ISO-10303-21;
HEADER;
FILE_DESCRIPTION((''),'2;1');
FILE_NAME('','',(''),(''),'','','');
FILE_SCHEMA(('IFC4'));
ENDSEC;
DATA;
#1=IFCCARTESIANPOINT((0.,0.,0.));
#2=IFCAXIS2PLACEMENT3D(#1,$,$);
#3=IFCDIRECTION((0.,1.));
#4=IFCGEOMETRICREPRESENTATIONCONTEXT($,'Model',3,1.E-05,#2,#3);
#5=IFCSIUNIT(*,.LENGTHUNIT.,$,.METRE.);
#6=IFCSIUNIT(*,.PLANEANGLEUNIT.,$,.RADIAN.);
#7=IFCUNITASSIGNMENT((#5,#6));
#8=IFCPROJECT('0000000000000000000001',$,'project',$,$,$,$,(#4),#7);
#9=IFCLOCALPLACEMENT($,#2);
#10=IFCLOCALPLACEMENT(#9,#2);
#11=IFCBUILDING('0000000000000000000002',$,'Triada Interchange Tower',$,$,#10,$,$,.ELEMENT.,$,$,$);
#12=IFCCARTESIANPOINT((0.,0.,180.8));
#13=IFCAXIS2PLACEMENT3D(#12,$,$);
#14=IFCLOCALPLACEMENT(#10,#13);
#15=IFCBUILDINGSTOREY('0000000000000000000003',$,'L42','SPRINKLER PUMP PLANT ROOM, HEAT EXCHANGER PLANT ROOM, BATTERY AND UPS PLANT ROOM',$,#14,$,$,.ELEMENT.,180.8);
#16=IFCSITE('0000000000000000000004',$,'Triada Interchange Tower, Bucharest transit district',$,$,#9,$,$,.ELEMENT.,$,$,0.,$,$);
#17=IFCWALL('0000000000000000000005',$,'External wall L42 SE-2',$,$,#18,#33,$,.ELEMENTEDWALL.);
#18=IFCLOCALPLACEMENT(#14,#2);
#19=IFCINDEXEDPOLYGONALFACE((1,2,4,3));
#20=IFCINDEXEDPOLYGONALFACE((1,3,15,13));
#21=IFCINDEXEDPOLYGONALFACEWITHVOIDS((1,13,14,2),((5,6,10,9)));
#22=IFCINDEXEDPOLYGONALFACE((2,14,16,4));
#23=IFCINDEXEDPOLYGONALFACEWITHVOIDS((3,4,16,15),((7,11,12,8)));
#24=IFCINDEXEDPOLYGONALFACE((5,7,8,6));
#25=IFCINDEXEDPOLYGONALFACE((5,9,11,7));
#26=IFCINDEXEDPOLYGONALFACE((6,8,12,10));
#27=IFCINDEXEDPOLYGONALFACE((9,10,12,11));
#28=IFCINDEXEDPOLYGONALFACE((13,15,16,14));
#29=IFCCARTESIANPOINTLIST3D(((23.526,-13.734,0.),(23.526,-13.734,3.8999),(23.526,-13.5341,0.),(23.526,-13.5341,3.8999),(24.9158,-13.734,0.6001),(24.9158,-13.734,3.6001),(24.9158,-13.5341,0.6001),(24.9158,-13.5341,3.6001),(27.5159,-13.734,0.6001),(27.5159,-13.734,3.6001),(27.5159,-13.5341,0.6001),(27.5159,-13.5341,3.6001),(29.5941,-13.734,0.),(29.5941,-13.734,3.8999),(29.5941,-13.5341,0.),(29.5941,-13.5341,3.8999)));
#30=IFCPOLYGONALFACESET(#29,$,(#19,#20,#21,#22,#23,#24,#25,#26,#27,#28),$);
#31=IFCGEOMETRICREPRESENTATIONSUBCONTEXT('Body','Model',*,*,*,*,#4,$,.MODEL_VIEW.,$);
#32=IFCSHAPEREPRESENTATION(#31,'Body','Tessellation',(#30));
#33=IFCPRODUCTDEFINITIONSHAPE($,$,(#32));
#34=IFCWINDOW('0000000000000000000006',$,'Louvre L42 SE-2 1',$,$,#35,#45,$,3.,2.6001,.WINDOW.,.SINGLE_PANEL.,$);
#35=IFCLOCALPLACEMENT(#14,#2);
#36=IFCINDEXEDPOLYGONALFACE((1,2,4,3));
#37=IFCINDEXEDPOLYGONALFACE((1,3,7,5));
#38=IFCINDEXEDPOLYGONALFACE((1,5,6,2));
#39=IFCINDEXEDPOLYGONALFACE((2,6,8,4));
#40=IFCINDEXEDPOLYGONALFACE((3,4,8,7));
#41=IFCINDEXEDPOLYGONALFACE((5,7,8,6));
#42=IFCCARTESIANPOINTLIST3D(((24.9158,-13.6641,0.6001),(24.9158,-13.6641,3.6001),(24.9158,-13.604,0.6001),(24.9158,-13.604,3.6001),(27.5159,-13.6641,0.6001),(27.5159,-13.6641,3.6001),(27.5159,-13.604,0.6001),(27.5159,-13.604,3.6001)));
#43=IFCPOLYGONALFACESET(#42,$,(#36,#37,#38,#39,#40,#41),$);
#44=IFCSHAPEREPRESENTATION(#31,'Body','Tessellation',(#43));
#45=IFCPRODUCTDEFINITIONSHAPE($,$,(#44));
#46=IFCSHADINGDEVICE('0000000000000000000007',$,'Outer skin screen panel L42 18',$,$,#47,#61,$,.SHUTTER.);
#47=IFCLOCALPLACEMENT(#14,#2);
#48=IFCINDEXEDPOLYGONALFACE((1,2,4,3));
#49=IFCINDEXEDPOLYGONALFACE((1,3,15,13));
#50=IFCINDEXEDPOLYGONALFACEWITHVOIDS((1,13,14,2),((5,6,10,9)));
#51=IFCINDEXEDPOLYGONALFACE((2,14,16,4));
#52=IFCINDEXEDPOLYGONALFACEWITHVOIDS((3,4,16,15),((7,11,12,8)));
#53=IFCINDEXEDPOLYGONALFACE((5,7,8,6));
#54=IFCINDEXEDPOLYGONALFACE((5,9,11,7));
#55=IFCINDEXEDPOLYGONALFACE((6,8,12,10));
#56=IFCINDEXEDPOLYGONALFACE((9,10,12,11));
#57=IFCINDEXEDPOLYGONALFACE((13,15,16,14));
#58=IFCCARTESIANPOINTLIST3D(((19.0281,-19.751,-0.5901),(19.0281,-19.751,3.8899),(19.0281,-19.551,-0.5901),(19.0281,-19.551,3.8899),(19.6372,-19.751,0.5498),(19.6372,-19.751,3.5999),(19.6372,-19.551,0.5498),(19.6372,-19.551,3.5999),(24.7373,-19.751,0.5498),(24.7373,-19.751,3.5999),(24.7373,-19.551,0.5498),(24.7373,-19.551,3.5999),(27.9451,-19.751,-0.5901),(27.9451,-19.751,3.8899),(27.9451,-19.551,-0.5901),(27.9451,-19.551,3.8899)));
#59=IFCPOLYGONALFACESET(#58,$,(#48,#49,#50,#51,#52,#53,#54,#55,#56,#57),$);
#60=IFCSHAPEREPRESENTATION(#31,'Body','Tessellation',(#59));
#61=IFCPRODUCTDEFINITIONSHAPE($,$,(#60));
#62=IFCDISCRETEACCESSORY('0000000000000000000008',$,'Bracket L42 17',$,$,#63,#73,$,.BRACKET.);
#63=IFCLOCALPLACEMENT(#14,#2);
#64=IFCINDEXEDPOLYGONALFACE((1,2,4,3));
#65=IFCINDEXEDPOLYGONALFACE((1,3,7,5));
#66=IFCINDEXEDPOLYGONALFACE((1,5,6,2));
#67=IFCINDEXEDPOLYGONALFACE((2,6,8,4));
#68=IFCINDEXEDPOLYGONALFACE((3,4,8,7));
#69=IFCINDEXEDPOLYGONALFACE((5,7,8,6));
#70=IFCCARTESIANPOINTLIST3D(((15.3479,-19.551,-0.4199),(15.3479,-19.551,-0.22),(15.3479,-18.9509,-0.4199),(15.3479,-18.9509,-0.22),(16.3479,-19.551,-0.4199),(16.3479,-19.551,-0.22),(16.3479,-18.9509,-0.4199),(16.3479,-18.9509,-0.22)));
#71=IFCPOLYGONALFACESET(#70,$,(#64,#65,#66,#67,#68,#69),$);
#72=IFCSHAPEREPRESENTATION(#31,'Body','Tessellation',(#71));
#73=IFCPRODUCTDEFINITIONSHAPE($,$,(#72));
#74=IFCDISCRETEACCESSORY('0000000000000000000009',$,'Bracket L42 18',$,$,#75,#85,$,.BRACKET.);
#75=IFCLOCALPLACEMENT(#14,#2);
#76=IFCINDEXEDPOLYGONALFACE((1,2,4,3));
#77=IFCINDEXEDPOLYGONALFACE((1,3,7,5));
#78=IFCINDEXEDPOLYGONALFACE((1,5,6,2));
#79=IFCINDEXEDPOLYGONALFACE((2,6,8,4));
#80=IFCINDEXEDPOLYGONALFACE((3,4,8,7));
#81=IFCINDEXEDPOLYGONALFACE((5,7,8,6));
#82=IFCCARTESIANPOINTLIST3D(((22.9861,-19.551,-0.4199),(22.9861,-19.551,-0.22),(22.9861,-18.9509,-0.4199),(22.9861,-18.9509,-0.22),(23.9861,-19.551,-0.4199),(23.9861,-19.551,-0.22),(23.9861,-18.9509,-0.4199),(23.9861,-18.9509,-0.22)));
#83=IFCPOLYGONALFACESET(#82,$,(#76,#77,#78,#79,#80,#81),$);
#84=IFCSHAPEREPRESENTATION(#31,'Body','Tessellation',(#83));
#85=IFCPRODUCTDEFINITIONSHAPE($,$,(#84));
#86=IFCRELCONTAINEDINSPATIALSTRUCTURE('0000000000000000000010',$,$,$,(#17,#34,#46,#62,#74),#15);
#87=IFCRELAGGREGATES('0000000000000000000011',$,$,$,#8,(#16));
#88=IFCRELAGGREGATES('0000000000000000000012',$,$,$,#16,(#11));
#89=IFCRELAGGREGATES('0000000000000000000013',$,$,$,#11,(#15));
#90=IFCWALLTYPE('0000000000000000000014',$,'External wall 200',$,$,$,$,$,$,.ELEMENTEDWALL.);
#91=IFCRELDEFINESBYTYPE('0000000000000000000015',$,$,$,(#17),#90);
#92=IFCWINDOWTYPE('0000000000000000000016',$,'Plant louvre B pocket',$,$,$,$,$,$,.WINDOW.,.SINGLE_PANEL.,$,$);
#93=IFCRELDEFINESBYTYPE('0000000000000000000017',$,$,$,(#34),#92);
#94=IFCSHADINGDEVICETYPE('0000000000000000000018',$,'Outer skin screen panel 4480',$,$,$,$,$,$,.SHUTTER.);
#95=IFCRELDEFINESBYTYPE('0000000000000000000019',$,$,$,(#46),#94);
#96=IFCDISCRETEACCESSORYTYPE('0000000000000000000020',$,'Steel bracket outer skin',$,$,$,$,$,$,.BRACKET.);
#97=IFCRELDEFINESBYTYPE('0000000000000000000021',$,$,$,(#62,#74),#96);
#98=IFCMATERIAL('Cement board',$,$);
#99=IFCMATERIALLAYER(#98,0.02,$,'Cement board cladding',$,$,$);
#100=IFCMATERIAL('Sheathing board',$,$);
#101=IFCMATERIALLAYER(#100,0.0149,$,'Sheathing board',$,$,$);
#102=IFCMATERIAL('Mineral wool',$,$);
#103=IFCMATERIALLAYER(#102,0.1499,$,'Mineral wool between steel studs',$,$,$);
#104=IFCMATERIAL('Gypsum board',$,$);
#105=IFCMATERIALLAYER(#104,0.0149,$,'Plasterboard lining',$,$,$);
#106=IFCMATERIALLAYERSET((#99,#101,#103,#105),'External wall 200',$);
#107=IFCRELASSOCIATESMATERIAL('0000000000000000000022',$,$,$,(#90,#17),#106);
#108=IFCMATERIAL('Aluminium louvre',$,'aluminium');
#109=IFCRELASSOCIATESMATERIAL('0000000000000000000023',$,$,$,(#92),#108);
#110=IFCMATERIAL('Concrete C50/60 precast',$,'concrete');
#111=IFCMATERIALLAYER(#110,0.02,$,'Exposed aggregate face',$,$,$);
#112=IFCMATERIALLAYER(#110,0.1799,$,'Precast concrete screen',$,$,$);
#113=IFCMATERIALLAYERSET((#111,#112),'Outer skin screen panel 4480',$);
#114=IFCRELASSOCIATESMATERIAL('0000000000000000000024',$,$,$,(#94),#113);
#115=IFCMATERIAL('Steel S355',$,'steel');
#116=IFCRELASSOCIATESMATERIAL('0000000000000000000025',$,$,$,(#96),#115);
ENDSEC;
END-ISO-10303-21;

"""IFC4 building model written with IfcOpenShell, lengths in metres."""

from ifc_helpers import new_model, si_unit, direction, frame, frame_2d, origin, origin_2d, place, context, subcontext, project, spatial, polyline, rectangle, outline, extrude, material, layer, layer_set, layer_usage, type_object, element, fill, save


model = new_model("IFC4")

# Units and contexts
model_context = context("Model", 3, precision=1e-05, world=origin(), true_north=direction((0.0, 1.0)))
body_context = subcontext(model_context, "Body", "Model", "MODEL_VIEW")
ifc_project = project(units=[si_unit("LENGTHUNIT", "METRE"), si_unit("PLANEANGLEUNIT", "RADIAN")], contexts=[model_context])

# Site, building, storey
site_placement = place(None, origin())
site = spatial("IfcSite", under=ifc_project, at=site_placement, Name="Triada Interchange Tower, Bucharest transit district", CompositionType="ELEMENT", RefElevation=0.0)
building_placement = place(site_placement, origin())
building = spatial("IfcBuilding", under=site, at=building_placement, Name="Triada Interchange Tower", CompositionType="ELEMENT")
storey_placement = place(building_placement, frame((0.0, 0.0, 180.8)))
storey = spatial("IfcBuildingStorey", under=building, at=storey_placement, Name="L42", Description="SPRINKLER PUMP PLANT ROOM, HEAT EXCHANGER PLANT ROOM, BATTERY AND UPS PLANT ROOM", CompositionType="ELEMENT", Elevation=180.8)

# Shared definitions
ifc_material_1 = material(Name="Steel S355", Category="steel")

# Wall, opening, window
ifc_material_2 = material(Name="Cement board")
ifc_layer_1 = layer(ifc_material_2, 0.02, Name="Cement board cladding")
ifc_material_3 = material(Name="Sheathing board")
ifc_layer_2 = layer(ifc_material_3, 0.0149, Name="Sheathing board")
ifc_material_4 = material(Name="Mineral wool")
ifc_layer_3 = layer(ifc_material_4, 0.1499, Name="Mineral wool between steel studs")
ifc_material_5 = material(Name="Gypsum board")
ifc_layer_4 = layer(ifc_material_5, 0.0149, Name="Plasterboard lining")
ifc_layer_set_1 = layer_set([ifc_layer_1, ifc_layer_2, ifc_layer_3, ifc_layer_4], Name="External wall 200")
ifc_layer_usage = layer_usage(ifc_layer_set_1, "AXIS2", "POSITIVE", -0.1001)
wall_type = type_object("IfcWallType", Name="External wall 200", PredefinedType="ELEMENTEDWALL", material=ifc_layer_set_1)
wall_placement = place(storey_placement, frame((23.5259, -13.634, 0.0), z_axis=(0.0, 0.0, 1.0), x_axis=(1.0, 0.0, 0.0)))
wall = element("IfcWall", 1, at=wall_placement, inside=storey, type_object=wall_type, material=ifc_layer_usage, Name="External wall L42 SE-2", PredefinedType="ELEMENTEDWALL", context=body_context, shape_type="SweptSolid", body=[
    extrude(rectangle(XDim=6.0681, YDim=0.2, at=frame_2d((3.0342, 0.0))), origin(), (0.0, 0.0, 1.0), 3.8999),
])
opening_placement = place(wall_placement, frame((1.3899, 0.0, 0.6001)))
opening = element("IfcOpeningElement", 2, at=opening_placement, cuts=wall, PredefinedType="OPENING", context=body_context, shape_type="SweptSolid", body=[
    extrude(rectangle(XDim=2.6001, YDim=3.0, at=frame_2d((1.3, 1.5))), frame((0.0, 0.1099, 0.0), z_axis=(0.0, -1.0, 0.0), x_axis=(1.0, 0.0, 0.0)), (0.0, 0.0, 1.0), 0.22),
])
ifc_material_6 = material(Name="Aluminium louvre", Category="aluminium")
window_type = type_object("IfcWindowType", Name="Plant louvre B pocket", PartitioningType="SINGLE_PANEL", PredefinedType="WINDOW", material=ifc_material_6)
window_placement = place(opening_placement, origin())
window = element("IfcWindow", 3, at=window_placement, inside=storey, type_object=window_type, Name="Louvre L42 SE-2 1", OverallHeight=3.0, OverallWidth=2.6001, PartitioningType="SINGLE_PANEL", PredefinedType="WINDOW", context=body_context, shape_type="SweptSolid", body=[
    extrude(rectangle(XDim=2.6001, YDim=3.0, at=frame_2d((1.3, 1.5))), frame((0.0, 0.03, 0.0), z_axis=(0.0, -1.0, 0.0), x_axis=(1.0, 0.0, 0.0)), (0.0, 0.0, 1.0), 0.0601),
])
fill(opening, window)

# Shading device
ifc_material_7 = material(Name="Concrete C50/60 precast", Category="concrete")
ifc_layer_5 = layer(ifc_material_7, 0.02, Name="Exposed aggregate face")
ifc_layer_6 = layer(ifc_material_7, 0.1799, Name="Precast concrete screen")
ifc_layer_set_2 = layer_set([ifc_layer_5, ifc_layer_6], Name="Outer skin screen panel 4480")
shading_device_type = type_object("IfcShadingDeviceType", Name="Outer skin screen panel 4480", PredefinedType="SHUTTER", material=ifc_layer_set_2)
shading_device_placement = place(storey_placement, frame((19.0281, -19.551, -0.5901), z_axis=(0.0, 0.0, 1.0), x_axis=(1.0, 0.0, 0.0)))
element("IfcShadingDevice", 4, at=shading_device_placement, inside=storey, type_object=shading_device_type, Name="Outer skin screen panel L42 18", PredefinedType="SHUTTER", context=body_context, shape_type="SweptSolid", body=[
    extrude(outline(polyline([(0.0, 0.0), (8.917, 0.0), (8.917, 4.48), (0.0, 4.48), (0.0, 0.0)]), holes=[polyline([(0.6091, 1.1399), (0.6091, 4.1899), (5.7092, 4.1899), (5.7092, 1.1399), (0.6091, 1.1399)])]), frame((0.0, 0.0, 0.0), z_axis=(0.0, -1.0, 0.0), x_axis=(1.0, 0.0, 0.0)), (0.0, 0.0, 1.0), 0.2),
])

# Discrete accessories
discrete_accessory_type = type_object("IfcDiscreteAccessoryType", Name="Steel bracket outer skin", PredefinedType="BRACKET", material=ifc_material_1)
for number, where, z_axis, x_axis, name in (
    (5, (15.8479, -19.251, -0.4199), (0.0, 0.0, 1.0), (0.0, -1.0, 0.0), "Bracket L42 17"),
    (6, (23.4861, -19.251, -0.4199), (0.0, 0.0, 1.0), (0.0, -1.0, 0.0), "Bracket L42 18"),
):
    element("IfcDiscreteAccessory", number, at=place(storey_placement, frame(where, z_axis=z_axis, x_axis=x_axis)), inside=storey, type_object=discrete_accessory_type, Name=name, PredefinedType="BRACKET", context=body_context, shape_type="SweptSolid", body=[
        extrude(rectangle(XDim=0.6001, YDim=1.0, at=origin_2d()), origin(), (0.0, 0.0, 1.0), 0.2),
    ])

save(model, "model.ifc")
